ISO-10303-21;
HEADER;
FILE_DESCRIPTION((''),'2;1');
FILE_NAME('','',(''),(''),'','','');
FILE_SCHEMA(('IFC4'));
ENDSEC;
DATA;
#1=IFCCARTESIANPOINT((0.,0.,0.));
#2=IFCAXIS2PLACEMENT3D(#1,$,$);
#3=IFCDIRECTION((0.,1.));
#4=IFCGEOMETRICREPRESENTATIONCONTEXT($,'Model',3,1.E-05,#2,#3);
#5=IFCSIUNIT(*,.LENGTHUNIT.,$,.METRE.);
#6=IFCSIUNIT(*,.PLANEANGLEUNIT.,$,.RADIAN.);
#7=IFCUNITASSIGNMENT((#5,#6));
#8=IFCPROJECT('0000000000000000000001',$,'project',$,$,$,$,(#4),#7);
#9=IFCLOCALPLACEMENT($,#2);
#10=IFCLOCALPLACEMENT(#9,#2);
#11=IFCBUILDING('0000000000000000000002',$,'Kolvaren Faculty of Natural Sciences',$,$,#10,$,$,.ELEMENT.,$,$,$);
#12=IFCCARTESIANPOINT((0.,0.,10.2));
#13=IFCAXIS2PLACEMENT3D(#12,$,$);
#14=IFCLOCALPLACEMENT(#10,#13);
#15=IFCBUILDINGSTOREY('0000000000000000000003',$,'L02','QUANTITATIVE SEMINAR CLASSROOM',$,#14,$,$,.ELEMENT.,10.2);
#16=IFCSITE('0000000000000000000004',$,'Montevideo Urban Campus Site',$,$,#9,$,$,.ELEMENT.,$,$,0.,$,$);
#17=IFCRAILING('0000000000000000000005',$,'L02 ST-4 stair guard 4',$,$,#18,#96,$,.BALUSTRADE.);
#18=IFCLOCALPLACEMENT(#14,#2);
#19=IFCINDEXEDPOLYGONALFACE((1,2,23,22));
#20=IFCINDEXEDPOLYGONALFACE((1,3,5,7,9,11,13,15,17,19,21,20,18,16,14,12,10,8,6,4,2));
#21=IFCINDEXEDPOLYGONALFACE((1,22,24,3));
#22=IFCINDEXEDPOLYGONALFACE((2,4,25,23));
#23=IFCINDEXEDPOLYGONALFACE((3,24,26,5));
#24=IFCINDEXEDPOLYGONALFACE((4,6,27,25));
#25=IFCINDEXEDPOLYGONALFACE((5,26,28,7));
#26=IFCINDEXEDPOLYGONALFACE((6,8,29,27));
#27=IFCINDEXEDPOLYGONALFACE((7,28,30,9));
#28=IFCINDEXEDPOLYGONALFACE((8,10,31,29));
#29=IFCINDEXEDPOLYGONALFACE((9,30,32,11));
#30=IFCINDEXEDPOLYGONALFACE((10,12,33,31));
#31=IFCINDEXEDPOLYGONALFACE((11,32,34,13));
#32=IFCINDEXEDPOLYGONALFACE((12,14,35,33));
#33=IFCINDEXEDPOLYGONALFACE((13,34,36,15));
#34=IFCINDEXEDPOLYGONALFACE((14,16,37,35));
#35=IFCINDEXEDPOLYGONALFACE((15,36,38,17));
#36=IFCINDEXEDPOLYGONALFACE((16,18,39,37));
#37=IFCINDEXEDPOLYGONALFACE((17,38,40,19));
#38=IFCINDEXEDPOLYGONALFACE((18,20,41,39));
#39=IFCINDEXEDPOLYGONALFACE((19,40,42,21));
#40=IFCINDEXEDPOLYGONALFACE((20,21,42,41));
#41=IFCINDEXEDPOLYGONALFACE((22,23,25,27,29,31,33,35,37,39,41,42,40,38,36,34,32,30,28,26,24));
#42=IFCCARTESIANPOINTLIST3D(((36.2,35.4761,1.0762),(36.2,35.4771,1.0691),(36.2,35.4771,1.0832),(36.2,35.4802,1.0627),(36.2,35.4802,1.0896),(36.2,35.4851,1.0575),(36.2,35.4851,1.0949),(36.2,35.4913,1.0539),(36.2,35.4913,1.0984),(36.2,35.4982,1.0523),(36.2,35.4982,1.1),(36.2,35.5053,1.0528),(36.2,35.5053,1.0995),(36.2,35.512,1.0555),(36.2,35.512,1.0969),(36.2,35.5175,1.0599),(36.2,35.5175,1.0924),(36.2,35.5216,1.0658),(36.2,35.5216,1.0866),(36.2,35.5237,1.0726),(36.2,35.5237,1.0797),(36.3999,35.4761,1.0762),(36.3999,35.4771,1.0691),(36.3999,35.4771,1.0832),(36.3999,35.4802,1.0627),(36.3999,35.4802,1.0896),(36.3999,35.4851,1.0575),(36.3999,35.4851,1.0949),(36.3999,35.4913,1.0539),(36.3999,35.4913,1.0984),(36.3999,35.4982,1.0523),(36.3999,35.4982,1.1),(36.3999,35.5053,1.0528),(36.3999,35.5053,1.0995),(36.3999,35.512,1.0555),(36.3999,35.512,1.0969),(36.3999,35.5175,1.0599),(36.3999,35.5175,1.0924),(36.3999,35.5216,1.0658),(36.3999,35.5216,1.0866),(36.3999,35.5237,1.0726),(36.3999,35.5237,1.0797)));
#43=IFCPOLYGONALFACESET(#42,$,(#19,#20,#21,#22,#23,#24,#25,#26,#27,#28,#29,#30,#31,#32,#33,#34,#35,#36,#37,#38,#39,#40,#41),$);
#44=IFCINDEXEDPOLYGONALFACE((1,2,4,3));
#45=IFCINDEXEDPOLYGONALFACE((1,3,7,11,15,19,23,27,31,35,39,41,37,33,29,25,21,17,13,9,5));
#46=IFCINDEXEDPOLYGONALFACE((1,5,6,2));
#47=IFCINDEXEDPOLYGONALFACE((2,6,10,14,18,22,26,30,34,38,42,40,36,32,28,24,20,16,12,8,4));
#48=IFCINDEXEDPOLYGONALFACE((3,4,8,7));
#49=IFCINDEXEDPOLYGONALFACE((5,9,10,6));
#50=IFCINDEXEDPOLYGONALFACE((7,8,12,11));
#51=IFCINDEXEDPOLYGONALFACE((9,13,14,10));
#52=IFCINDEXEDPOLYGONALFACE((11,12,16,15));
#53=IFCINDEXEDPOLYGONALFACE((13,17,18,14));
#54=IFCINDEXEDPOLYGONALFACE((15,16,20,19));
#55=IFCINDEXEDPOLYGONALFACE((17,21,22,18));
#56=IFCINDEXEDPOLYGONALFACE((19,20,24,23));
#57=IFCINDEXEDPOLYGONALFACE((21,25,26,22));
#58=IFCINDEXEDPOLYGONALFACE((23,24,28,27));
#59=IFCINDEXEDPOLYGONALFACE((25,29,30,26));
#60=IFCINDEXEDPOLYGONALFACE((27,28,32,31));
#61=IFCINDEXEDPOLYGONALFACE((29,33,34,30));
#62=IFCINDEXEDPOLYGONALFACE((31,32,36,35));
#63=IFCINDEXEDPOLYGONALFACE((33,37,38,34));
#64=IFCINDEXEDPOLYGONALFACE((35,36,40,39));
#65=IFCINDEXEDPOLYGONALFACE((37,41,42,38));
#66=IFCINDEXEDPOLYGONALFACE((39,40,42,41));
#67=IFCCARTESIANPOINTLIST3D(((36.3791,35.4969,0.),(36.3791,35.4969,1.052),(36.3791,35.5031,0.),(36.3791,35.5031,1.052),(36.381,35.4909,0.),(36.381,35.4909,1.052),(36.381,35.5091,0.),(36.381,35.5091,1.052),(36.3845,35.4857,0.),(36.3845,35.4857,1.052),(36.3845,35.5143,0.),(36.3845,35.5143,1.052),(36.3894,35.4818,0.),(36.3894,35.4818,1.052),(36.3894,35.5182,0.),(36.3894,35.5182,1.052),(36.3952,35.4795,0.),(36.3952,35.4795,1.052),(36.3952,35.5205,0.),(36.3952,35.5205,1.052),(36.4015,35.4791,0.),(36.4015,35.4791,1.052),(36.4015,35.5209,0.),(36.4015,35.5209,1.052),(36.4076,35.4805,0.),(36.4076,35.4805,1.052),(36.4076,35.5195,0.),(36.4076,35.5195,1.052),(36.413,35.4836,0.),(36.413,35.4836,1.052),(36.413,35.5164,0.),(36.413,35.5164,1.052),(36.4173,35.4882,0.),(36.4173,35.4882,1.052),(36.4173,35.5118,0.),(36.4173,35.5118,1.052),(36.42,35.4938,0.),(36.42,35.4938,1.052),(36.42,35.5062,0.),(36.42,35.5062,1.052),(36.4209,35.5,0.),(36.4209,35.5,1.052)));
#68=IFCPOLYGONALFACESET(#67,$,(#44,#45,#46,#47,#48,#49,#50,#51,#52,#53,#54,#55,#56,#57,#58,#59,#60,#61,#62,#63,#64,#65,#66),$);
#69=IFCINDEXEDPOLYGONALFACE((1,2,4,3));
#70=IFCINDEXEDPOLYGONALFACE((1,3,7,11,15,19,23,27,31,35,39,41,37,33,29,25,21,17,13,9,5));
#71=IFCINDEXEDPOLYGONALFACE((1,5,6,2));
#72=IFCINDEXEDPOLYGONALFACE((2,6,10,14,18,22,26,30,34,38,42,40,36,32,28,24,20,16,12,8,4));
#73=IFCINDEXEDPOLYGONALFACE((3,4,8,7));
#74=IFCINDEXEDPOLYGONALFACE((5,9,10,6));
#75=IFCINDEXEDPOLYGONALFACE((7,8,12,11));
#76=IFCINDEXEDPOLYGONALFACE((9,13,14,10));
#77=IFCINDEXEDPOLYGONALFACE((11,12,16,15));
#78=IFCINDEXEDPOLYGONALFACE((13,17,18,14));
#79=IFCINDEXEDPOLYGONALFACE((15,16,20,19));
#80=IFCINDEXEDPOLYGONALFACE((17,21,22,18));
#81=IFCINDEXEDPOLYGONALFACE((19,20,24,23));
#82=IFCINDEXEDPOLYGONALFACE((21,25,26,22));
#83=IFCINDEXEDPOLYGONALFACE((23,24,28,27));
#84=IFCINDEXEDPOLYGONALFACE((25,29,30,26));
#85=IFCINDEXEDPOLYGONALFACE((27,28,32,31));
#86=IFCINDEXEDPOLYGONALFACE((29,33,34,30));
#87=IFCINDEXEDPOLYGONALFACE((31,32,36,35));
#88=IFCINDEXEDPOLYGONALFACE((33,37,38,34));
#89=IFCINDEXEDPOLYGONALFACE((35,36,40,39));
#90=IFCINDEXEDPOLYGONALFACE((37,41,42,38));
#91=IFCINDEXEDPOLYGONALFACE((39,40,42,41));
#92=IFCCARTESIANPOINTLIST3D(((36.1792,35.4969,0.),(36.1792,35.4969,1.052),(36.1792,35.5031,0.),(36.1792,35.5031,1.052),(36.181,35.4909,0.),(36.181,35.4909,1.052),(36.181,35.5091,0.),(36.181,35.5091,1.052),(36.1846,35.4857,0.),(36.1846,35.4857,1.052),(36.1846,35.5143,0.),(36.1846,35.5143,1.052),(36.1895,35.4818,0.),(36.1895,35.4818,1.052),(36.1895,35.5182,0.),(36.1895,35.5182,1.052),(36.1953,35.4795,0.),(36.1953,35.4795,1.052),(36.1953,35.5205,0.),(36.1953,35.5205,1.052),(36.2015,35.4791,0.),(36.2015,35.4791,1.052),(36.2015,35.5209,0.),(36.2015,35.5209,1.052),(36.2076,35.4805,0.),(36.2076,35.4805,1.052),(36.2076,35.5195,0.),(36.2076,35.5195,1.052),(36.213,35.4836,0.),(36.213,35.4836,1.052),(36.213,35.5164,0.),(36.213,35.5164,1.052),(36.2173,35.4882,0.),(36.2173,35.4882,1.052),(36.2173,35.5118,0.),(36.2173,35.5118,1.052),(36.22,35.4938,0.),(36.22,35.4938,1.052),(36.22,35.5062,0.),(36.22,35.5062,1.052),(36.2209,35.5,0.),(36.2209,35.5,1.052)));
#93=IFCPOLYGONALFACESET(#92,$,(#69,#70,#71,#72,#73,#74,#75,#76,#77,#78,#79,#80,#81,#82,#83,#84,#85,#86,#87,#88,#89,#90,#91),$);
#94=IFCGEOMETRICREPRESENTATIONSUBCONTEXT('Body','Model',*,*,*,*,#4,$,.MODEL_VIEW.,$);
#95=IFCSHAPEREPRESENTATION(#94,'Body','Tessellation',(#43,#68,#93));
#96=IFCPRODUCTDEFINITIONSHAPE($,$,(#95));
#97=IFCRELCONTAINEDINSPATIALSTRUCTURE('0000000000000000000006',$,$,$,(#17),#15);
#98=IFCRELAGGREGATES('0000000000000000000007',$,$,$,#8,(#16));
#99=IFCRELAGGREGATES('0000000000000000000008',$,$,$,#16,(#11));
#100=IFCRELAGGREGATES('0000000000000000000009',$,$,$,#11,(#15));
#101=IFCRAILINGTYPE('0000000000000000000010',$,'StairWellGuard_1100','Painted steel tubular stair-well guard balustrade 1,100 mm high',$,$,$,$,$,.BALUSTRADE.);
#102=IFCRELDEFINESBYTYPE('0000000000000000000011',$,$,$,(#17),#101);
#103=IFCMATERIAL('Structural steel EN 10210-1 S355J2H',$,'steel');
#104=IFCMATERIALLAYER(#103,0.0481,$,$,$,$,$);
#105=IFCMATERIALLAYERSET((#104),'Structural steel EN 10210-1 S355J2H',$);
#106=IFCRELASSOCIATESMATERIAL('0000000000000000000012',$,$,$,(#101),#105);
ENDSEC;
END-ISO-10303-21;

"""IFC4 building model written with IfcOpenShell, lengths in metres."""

from ifc_helpers import new_model, si_unit, direction, frame, origin, origin_2d, place, context, subcontext, project, spatial, circle, extrude, material, layer, layer_set, type_object, element, save


model = new_model("IFC4")

# Units and contexts
model_context = context("Model", 3, precision=1e-05, world=origin(), true_north=direction((0.0, 1.0)))
body_context = subcontext(model_context, "Body", "Model", "MODEL_VIEW")
ifc_project = project(units=[si_unit("LENGTHUNIT", "METRE"), si_unit("PLANEANGLEUNIT", "RADIAN")], contexts=[model_context])

# Site, building, storey
site_placement = place(None, origin())
site = spatial("IfcSite", under=ifc_project, at=site_placement, Name="Montevideo Urban Campus Site", CompositionType="ELEMENT", RefElevation=0.0)
building_placement = place(site_placement, origin())
building = spatial("IfcBuilding", under=site, at=building_placement, Name="Kolvaren Faculty of Natural Sciences", CompositionType="ELEMENT")
storey_placement = place(building_placement, frame((0.0, 0.0, 10.2)))
storey = spatial("IfcBuildingStorey", under=building, at=storey_placement, Name="L02", Description="QUANTITATIVE SEMINAR CLASSROOM", CompositionType="ELEMENT", Elevation=10.2)

# Railing
ifc_material_1 = material(Name="Structural steel EN 10210-1 S355J2H", Category="steel")
ifc_layer_1 = layer(ifc_material_1, 0.0481)
ifc_layer_set_1 = layer_set([ifc_layer_1], Name="Structural steel EN 10210-1 S355J2H")
railing_type_1 = type_object("IfcRailingType", Name="StairWellGuard_1100", Description="Painted steel tubular stair-well guard balustrade 1,100 mm high", PredefinedType="BALUSTRADE", material=ifc_layer_set_1)
railing_1_placement = place(storey_placement, frame((36.3999, 35.5, 0.0)))
element("IfcRailing", 1, at=railing_1_placement, inside=storey, type_object=railing_type_1, Name="L02 ST-4 stair guard 4", PredefinedType="BALUSTRADE", context=body_context, shape_type="SweptSolid", body=[
    extrude(circle(Radius=0.0239, at=origin_2d()), frame((0.0, 0.0, 1.0762), z_axis=(-1.0, 0.0, 0.0), x_axis=(0.0, -1.0, 0.0)), (0.0, 0.0, 1.0), 0.2),
    extrude(circle(Radius=0.021, at=origin_2d()), origin(), (0.0, 0.0, 1.0), 1.052),
    extrude(circle(Radius=0.021, at=origin_2d()), frame((-0.2, 0.0, 0.0)), (0.0, 0.0, 1.0), 1.052),
])

save(model, "model.ifc")
